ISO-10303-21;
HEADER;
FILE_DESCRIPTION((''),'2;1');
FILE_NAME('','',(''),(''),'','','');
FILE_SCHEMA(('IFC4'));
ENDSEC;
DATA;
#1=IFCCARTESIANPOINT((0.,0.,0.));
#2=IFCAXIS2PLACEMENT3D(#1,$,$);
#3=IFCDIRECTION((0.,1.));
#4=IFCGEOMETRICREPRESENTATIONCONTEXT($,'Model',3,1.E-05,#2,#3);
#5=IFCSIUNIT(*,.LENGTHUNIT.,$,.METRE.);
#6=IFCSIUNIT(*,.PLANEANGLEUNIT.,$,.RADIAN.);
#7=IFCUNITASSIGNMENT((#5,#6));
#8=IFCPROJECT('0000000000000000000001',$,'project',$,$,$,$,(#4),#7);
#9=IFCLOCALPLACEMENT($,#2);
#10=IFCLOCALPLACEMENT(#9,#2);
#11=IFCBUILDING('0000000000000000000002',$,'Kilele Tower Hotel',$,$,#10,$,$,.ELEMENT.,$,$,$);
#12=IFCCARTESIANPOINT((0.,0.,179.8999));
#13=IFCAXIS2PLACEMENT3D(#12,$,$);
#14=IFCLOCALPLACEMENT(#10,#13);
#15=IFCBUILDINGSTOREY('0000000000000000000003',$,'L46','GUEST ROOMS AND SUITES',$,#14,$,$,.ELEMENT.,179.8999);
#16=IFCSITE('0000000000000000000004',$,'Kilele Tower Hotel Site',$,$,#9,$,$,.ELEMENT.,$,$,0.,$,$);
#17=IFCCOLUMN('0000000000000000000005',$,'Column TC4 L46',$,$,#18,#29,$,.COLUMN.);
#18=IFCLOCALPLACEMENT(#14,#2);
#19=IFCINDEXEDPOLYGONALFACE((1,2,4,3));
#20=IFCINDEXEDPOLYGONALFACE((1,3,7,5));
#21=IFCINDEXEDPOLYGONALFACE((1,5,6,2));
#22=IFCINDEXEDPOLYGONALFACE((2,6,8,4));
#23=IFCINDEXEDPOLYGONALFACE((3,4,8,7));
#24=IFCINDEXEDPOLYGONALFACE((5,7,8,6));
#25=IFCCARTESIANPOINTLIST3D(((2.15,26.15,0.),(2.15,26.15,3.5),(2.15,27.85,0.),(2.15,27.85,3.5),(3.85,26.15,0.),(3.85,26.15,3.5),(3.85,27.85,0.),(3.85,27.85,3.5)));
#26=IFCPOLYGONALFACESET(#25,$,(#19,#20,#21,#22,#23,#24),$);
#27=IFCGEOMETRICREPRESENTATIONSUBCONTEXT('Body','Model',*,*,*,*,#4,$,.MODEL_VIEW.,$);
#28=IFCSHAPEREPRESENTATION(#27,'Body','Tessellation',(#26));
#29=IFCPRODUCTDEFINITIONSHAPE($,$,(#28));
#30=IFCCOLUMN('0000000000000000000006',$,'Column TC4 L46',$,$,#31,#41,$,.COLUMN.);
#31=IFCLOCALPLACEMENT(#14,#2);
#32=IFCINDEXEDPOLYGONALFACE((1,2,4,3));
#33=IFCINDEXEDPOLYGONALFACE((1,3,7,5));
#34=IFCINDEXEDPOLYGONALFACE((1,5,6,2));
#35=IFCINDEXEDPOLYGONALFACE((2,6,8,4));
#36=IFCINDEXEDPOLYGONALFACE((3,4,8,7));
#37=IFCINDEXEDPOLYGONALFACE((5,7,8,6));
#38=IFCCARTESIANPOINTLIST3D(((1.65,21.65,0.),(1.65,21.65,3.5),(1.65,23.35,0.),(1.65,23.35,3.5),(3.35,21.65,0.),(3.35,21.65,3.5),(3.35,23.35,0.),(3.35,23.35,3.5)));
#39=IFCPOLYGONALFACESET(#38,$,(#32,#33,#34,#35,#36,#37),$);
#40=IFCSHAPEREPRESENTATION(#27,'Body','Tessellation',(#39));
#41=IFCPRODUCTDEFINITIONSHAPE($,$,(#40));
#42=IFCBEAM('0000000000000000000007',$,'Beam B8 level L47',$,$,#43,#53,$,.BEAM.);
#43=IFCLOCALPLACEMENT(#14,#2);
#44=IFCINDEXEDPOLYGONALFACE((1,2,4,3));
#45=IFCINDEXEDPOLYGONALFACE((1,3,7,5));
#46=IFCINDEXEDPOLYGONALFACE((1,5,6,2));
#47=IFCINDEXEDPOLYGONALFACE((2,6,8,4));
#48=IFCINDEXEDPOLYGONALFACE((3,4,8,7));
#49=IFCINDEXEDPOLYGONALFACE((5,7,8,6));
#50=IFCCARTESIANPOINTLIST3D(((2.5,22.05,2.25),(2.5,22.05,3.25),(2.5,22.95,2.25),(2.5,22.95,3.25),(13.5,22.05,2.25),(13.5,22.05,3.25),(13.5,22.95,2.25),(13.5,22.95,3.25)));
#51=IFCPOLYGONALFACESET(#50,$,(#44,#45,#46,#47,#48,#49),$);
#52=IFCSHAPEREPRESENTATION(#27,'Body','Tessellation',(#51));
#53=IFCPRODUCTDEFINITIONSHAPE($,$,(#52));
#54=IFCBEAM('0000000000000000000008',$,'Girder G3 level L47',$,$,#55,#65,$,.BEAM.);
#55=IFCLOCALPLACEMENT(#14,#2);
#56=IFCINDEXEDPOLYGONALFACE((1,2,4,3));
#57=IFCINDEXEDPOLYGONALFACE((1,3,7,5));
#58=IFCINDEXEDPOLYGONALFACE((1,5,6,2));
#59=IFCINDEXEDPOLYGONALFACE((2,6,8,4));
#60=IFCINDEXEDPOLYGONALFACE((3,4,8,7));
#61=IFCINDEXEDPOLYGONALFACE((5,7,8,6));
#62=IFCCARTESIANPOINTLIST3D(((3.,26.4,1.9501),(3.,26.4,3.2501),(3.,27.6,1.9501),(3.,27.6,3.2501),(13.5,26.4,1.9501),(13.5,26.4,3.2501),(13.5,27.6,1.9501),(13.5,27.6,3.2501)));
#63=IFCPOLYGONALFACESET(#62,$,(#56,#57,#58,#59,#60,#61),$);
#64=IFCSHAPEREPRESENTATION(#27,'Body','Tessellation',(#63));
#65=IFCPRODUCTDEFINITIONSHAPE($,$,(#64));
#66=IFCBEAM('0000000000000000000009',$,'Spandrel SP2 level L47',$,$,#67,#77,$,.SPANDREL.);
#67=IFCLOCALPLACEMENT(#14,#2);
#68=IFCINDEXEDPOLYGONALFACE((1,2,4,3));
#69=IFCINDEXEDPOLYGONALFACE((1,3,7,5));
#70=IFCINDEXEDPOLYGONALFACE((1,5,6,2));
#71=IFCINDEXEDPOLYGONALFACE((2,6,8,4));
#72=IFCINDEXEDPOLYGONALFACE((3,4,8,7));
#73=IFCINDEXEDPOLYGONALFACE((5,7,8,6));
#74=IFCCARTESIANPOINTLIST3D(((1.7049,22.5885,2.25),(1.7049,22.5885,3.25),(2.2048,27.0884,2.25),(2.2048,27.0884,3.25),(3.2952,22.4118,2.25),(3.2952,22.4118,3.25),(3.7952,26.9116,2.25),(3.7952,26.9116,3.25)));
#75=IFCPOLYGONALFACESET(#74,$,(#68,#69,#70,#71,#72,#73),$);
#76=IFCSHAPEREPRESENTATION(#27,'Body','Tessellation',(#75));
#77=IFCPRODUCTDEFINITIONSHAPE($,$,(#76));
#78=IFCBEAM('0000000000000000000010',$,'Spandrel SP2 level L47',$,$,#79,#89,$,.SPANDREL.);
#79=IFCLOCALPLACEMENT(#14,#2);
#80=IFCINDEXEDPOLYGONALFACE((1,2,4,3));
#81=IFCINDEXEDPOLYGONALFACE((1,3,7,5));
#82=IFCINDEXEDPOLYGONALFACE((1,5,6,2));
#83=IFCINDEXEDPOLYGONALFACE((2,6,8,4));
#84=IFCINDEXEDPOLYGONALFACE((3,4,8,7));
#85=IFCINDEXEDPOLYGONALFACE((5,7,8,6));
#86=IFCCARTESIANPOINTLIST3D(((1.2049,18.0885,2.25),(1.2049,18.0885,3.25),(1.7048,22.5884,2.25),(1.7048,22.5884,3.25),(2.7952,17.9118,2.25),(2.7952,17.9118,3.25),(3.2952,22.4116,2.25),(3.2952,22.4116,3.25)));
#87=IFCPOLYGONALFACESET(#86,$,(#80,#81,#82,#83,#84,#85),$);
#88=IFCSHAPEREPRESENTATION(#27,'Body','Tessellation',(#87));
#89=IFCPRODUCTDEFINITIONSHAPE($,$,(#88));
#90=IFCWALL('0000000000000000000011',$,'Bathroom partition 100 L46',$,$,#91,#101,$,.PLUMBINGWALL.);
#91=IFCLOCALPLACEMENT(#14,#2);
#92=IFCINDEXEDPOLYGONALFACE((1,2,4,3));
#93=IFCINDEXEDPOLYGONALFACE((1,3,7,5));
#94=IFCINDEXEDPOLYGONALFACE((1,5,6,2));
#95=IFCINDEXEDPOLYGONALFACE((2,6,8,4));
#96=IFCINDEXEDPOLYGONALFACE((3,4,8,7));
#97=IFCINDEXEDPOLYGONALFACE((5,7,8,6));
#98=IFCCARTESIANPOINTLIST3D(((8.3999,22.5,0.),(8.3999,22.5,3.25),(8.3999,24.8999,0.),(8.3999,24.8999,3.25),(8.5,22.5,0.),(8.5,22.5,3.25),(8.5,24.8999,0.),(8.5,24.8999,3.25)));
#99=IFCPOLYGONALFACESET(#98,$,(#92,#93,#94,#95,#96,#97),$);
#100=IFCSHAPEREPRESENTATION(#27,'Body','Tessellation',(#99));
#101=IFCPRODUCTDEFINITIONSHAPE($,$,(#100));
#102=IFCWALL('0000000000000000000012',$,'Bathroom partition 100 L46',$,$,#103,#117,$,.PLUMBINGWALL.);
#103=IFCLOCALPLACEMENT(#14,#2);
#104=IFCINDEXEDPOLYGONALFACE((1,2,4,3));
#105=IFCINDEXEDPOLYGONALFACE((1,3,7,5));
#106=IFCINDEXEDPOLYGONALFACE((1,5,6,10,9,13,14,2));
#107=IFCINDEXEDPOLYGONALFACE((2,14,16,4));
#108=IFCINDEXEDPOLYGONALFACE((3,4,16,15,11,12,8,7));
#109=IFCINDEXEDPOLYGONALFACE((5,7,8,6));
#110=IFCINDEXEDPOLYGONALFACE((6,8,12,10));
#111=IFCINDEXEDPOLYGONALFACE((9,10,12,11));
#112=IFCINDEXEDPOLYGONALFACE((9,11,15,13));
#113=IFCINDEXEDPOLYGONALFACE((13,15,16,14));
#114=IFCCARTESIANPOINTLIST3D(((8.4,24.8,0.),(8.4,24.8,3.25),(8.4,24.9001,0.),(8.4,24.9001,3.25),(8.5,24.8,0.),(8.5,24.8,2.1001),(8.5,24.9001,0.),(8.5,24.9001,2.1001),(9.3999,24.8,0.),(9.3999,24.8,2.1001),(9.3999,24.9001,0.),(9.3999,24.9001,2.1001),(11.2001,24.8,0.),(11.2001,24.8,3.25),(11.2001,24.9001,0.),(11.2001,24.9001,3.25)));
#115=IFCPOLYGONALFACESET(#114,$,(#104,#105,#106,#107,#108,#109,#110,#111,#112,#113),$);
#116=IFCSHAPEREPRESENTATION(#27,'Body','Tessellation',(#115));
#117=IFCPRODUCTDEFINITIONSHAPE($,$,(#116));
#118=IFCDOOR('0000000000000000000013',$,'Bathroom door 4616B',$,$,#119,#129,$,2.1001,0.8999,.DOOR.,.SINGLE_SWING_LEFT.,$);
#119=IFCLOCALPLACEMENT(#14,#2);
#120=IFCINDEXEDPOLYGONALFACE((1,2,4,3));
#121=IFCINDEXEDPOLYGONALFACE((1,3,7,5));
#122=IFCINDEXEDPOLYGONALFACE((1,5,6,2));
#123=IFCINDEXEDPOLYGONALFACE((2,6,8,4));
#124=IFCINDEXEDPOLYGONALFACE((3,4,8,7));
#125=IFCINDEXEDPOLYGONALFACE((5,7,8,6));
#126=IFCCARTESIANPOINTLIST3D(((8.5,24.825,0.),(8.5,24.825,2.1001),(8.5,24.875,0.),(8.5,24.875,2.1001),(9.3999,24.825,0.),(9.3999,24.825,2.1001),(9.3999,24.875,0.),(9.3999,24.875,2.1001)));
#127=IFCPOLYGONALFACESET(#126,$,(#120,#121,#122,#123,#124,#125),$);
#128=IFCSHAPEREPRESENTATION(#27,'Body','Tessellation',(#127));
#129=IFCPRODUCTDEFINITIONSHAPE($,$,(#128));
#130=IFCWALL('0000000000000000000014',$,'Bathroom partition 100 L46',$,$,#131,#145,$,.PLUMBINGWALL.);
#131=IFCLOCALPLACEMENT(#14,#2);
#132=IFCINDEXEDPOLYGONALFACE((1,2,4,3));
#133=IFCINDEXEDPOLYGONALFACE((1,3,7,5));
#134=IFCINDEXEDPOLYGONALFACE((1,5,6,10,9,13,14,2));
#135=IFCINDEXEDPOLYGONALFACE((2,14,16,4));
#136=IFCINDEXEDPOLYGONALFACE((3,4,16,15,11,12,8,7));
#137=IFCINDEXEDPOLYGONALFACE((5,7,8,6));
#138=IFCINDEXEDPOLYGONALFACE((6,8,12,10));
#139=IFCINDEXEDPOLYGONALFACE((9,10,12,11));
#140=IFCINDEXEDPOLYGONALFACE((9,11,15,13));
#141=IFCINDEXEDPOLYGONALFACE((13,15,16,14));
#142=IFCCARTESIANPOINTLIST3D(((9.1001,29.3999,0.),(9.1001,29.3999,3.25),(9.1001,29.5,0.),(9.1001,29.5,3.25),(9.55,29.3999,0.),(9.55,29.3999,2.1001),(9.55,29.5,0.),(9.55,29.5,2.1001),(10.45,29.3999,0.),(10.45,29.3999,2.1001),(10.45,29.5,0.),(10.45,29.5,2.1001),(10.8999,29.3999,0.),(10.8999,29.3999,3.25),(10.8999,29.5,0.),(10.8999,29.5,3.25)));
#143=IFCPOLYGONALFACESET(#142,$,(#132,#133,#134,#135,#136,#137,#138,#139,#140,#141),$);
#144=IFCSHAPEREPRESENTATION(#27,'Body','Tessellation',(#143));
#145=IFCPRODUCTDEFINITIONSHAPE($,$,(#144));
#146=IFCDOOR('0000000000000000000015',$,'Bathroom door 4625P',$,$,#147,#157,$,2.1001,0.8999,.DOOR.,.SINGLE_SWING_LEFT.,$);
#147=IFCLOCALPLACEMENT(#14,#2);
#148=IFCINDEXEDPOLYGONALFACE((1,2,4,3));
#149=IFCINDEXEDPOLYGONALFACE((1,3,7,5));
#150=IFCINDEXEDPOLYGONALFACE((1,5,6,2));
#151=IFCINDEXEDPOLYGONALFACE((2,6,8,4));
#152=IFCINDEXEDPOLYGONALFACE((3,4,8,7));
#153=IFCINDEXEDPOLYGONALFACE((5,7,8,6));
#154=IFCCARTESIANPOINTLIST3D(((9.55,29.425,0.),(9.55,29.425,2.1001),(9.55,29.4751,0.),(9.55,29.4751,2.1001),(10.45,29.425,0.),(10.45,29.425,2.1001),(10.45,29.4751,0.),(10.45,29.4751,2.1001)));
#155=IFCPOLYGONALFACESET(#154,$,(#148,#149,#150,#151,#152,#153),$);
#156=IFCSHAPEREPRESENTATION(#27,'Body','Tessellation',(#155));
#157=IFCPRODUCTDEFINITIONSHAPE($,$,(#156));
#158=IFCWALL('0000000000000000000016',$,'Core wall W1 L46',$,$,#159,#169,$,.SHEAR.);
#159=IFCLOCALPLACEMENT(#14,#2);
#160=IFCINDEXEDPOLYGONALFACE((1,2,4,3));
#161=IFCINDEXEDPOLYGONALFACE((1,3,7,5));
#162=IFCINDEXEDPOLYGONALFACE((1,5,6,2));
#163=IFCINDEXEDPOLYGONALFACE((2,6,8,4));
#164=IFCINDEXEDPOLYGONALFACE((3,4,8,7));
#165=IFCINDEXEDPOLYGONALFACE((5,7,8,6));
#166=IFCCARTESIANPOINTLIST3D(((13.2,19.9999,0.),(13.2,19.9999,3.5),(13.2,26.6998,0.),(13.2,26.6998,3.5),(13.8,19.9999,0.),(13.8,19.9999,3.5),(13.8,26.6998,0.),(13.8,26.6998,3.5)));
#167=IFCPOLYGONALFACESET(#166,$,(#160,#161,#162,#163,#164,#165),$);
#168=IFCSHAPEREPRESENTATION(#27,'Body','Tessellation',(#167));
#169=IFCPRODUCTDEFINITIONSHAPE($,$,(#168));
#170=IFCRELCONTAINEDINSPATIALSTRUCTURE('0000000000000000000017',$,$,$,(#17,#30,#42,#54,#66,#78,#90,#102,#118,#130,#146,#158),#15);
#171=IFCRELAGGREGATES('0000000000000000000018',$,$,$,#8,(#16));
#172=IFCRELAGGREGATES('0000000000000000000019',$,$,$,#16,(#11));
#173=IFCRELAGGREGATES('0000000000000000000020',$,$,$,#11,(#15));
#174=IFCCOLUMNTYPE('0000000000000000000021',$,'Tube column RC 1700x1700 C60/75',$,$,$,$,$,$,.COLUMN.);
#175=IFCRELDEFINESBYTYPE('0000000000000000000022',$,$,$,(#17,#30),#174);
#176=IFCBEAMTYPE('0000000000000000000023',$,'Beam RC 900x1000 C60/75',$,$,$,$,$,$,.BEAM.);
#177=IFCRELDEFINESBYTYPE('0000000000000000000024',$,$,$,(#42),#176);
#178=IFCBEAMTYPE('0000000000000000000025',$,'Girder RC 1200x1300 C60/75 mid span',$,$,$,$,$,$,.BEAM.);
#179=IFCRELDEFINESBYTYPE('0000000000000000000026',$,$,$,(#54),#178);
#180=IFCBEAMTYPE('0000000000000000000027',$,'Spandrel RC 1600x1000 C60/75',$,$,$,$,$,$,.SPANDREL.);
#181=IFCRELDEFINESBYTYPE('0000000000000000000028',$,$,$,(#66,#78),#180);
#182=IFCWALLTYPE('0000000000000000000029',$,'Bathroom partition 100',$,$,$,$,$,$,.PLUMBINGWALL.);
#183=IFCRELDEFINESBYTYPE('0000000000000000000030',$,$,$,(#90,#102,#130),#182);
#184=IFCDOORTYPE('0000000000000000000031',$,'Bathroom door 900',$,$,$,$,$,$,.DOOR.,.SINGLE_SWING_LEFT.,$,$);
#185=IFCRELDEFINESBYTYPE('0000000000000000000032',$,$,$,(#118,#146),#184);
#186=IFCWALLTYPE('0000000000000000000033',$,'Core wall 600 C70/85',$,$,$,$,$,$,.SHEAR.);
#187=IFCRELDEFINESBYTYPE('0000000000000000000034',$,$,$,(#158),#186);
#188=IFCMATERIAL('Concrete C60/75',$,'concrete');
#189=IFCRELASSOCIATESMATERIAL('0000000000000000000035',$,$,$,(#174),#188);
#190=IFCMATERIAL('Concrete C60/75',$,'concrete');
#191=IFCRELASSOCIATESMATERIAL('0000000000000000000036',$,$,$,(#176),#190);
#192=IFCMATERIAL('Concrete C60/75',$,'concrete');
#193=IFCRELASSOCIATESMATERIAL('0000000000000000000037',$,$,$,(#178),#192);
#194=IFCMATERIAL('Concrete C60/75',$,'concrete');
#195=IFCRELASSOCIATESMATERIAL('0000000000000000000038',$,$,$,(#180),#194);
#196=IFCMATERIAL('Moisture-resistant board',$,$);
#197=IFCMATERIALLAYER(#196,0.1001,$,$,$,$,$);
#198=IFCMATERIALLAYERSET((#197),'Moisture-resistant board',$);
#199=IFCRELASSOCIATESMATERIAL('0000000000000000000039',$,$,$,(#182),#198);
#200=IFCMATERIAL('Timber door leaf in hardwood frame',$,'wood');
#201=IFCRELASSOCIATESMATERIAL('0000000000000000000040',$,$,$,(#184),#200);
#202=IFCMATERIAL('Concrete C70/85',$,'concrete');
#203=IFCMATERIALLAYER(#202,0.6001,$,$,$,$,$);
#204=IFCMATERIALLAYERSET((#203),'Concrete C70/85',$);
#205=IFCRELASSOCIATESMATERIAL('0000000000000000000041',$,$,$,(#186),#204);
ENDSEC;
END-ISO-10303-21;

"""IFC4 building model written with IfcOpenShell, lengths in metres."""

from ifc_helpers import new_model, si_unit, direction, frame, frame_2d, origin, origin_2d, place, context, subcontext, project, spatial, rectangle, extrude, material, layer, layer_set, material_profile, profile_set, type_object, element, fill, save


model = new_model("IFC4")

# Units and contexts
model_context = context("Model", 3, precision=1e-05, world=origin(), true_north=direction((0.0, 1.0)))
body_context = subcontext(model_context, "Body", "Model", "MODEL_VIEW")
ifc_project = project(units=[si_unit("LENGTHUNIT", "METRE"), si_unit("PLANEANGLEUNIT", "RADIAN")], contexts=[model_context])

# Site, building, storey
site_placement = place(None, origin())
site = spatial("IfcSite", under=ifc_project, at=site_placement, Name="Kilele Tower Hotel Site", CompositionType="ELEMENT", RefElevation=0.0)
building_placement = place(site_placement, origin())
building = spatial("IfcBuilding", under=site, at=building_placement, Name="Kilele Tower Hotel", CompositionType="ELEMENT")
storey_placement = place(building_placement, frame((0.0, 0.0, 179.8999)))
storey = spatial("IfcBuildingStorey", under=building, at=storey_placement, Name="L46", Description="GUEST ROOMS AND SUITES", CompositionType="ELEMENT", Elevation=179.8999)

# Columns
ifc_material_1 = material(Name="Concrete C60/75", Category="concrete")
ifc_material_profile_1 = material_profile(ifc_material_1, rectangle(XDim=1.7, YDim=1.7, at=origin_2d()))
ifc_profile_set_1 = profile_set([ifc_material_profile_1], Name="Concrete C60/75")
column_type = type_object("IfcColumnType", Name="Tube column RC 1700x1700 C60/75", PredefinedType="COLUMN", material=ifc_profile_set_1)
for number, where, z_axis, x_axis, name in (
    (1, (3.0, 27.0, 0.0), (0.0, 0.0, 1.0), (1.0, 0.0, 0.0), "Column TC4 L46"),
    (2, (2.5, 22.5, 0.0), (0.0, 0.0, 1.0), (1.0, 0.0, 0.0), "Column TC4 L46"),
):
    element("IfcColumn", number, at=place(storey_placement, frame(where, z_axis=z_axis, x_axis=x_axis)), inside=storey, type_object=column_type, Name=name, PredefinedType="COLUMN", context=body_context, shape_type="SweptSolid", body=[
        extrude(rectangle(XDim=1.7, YDim=1.7, at=origin_2d()), origin(), (0.0, 0.0, 1.0), 3.5),
    ])

# Beams
ifc_material_2 = material(Name="Concrete C60/75", Category="concrete")
ifc_material_profile_2 = material_profile(ifc_material_2, rectangle(XDim=0.8999, YDim=1.0, at=origin_2d()))
ifc_profile_set_2 = profile_set([ifc_material_profile_2], Name="Concrete C60/75")
beam_type_1 = type_object("IfcBeamType", Name="Beam RC 900x1000 C60/75", PredefinedType="BEAM", material=ifc_profile_set_2)
beam_1_placement = place(storey_placement, frame((2.5, 22.5, 2.75), z_axis=(1.0, 0.0, 0.0), x_axis=(0.0, 1.0, 0.0)))
element("IfcBeam", 3, at=beam_1_placement, inside=storey, type_object=beam_type_1, Name="Beam B8 level L47", PredefinedType="BEAM", context=body_context, shape_type="SweptSolid", body=[
    extrude(rectangle(XDim=0.8999, YDim=1.0, at=origin_2d()), origin(), (0.0, 0.0, 1.0), 11.0),
])
ifc_material_3 = material(Name="Concrete C60/75", Category="concrete")
ifc_material_profile_3 = material_profile(ifc_material_3, rectangle(XDim=1.2, YDim=1.3, at=origin_2d()))
ifc_profile_set_3 = profile_set([ifc_material_profile_3], Name="Concrete C60/75")
beam_type_2 = type_object("IfcBeamType", Name="Girder RC 1200x1300 C60/75 mid span", PredefinedType="BEAM", material=ifc_profile_set_3)
beam_2_placement = place(storey_placement, frame((3.0, 27.0, 2.6001), z_axis=(1.0, 0.0, 0.0), x_axis=(0.0, 1.0, 0.0)))
element("IfcBeam", 4, at=beam_2_placement, inside=storey, type_object=beam_type_2, Name="Girder G3 level L47", PredefinedType="BEAM", context=body_context, shape_type="SweptSolid", body=[
    extrude(rectangle(XDim=1.2, YDim=1.3, at=origin_2d()), origin(), (0.0, 0.0, 1.0), 10.5),
])
ifc_material_4 = material(Name="Concrete C60/75", Category="concrete")
ifc_material_profile_4 = material_profile(ifc_material_4, rectangle(XDim=1.6001, YDim=1.0, at=origin_2d()))
ifc_profile_set_4 = profile_set([ifc_material_profile_4], Name="Concrete C60/75")
beam_type_3 = type_object("IfcBeamType", Name="Spandrel RC 1600x1000 C60/75", PredefinedType="SPANDREL", material=ifc_profile_set_4)
for number, where, z_axis, x_axis, name in (
    (5, (3.0, 27.0, 2.75), (-0.110432, -0.993884, 0.0), (0.993884, -0.110432, 0.0), "Spandrel SP2 level L47"),
    (6, (2.5, 22.5, 2.75), (-0.110432, -0.993884, 0.0), (0.993884, -0.110432, 0.0), "Spandrel SP2 level L47"),
):
    element("IfcBeam", number, at=place(storey_placement, frame(where, z_axis=z_axis, x_axis=x_axis)), inside=storey, type_object=beam_type_3, Name=name, PredefinedType="SPANDREL", context=body_context, shape_type="SweptSolid", body=[
        extrude(rectangle(XDim=1.6001, YDim=1.0, at=origin_2d()), origin(), (0.0, 0.0, 1.0), 4.5276),
    ])

# Wall
ifc_material_5 = material(Name="Moisture-resistant board")
ifc_layer_1 = layer(ifc_material_5, 0.1001)
ifc_layer_set_1 = layer_set([ifc_layer_1], Name="Moisture-resistant board")
wall_type_1 = type_object("IfcWallType", Name="Bathroom partition 100", PredefinedType="PLUMBINGWALL", material=ifc_layer_set_1)
wall_1_placement = place(storey_placement, frame((8.45, 22.5, 0.0), z_axis=(0.0, 0.0, 1.0), x_axis=(0.0, 1.0, 0.0)))
element("IfcWall", 7, at=wall_1_placement, inside=storey, type_object=wall_type_1, Name="Bathroom partition 100 L46", PredefinedType="PLUMBINGWALL", context=body_context, shape_type="SweptSolid", body=[
    extrude(rectangle(XDim=2.3999, YDim=0.1001, at=frame_2d((1.2, 0.0))), origin(), (0.0, 0.0, 1.0), 3.25),
])

# Walls, openings, doors
wall_2_placement = place(storey_placement, frame((11.2, 24.8501, 0.0), z_axis=(0.0, 0.0, 1.0), x_axis=(-1.0, 0.0, 0.0)))
wall_2 = element("IfcWall", 8, at=wall_2_placement, inside=storey, type_object=wall_type_1, Name="Bathroom partition 100 L46", PredefinedType="PLUMBINGWALL", context=body_context, shape_type="SweptSolid", body=[
    extrude(rectangle(XDim=2.8, YDim=0.1001, at=frame_2d((1.3999, 0.0))), origin(), (0.0, 0.0, 1.0), 3.25),
])
opening_1_placement = place(wall_2_placement, frame((2.7, 0.0, 0.0), z_axis=(0.0, 0.0, 1.0), x_axis=(-1.0, 0.0, 0.0)))
opening_1 = element("IfcOpeningElement", 9, at=opening_1_placement, cuts=wall_2, PredefinedType="OPENING", context=body_context, shape_type="SweptSolid", body=[
    extrude(rectangle(XDim=0.8999, YDim=2.1001, at=frame_2d((0.45, 1.05))), frame((0.0, 0.0601, 0.0), z_axis=(0.0, -1.0, 0.0), x_axis=(1.0, 0.0, 0.0)), (0.0, 0.0, 1.0), 0.1201),
])
ifc_material_6 = material(Name="Timber door leaf in hardwood frame", Category="wood")
door_type_1 = type_object("IfcDoorType", Name="Bathroom door 900", OperationType="SINGLE_SWING_LEFT", PredefinedType="DOOR", material=ifc_material_6)
door_1_placement = place(opening_1_placement, origin())
door_1 = element("IfcDoor", 10, at=door_1_placement, inside=storey, type_object=door_type_1, Name="Bathroom door 4616B", OperationType="SINGLE_SWING_LEFT", OverallHeight=2.1001, OverallWidth=0.8999, PredefinedType="DOOR", context=body_context, shape_type="SweptSolid", body=[
    extrude(rectangle(XDim=0.8999, YDim=2.1001, at=frame_2d((0.45, 1.05))), frame((0.0, 0.0249, 0.0), z_axis=(0.0, -1.0, 0.0), x_axis=(1.0, 0.0, 0.0)), (0.0, 0.0, 1.0), 0.05),
])
fill(opening_1, door_1)
wall_3_placement = place(storey_placement, frame((10.8999, 29.45, 0.0), z_axis=(0.0, 0.0, 1.0), x_axis=(-1.0, 0.0, 0.0)))
wall_3 = element("IfcWall", 11, at=wall_3_placement, inside=storey, type_object=wall_type_1, Name="Bathroom partition 100 L46", PredefinedType="PLUMBINGWALL", context=body_context, shape_type="SweptSolid", body=[
    extrude(rectangle(XDim=1.7998, YDim=0.1001, at=frame_2d((0.8999, 0.0))), origin(), (0.0, 0.0, 1.0), 3.25),
])
opening_2_placement = place(wall_3_placement, frame((0.45, 0.0, 0.0)))
opening_2 = element("IfcOpeningElement", 12, at=opening_2_placement, cuts=wall_3, PredefinedType="OPENING", context=body_context, shape_type="SweptSolid", body=[
    extrude(rectangle(XDim=0.8999, YDim=2.1001, at=frame_2d((0.45, 1.05))), frame((0.0, 0.0601, 0.0), z_axis=(0.0, -1.0, 0.0), x_axis=(1.0, 0.0, 0.0)), (0.0, 0.0, 1.0), 0.1201),
])
door_2_placement = place(opening_2_placement, origin())
door_2 = element("IfcDoor", 13, at=door_2_placement, inside=storey, type_object=door_type_1, Name="Bathroom door 4625P", OperationType="SINGLE_SWING_LEFT", OverallHeight=2.1001, OverallWidth=0.8999, PredefinedType="DOOR", context=body_context, shape_type="SweptSolid", body=[
    extrude(rectangle(XDim=0.8999, YDim=2.1001, at=frame_2d((0.45, 1.05))), frame((0.0, 0.0249, 0.0), z_axis=(0.0, -1.0, 0.0), x_axis=(1.0, 0.0, 0.0)), (0.0, 0.0, 1.0), 0.05),
])
fill(opening_2, door_2)

# Wall
ifc_material_7 = material(Name="Concrete C70/85", Category="concrete")
ifc_layer_2 = layer(ifc_material_7, 0.6001)
ifc_layer_set_2 = layer_set([ifc_layer_2], Name="Concrete C70/85")
wall_type_2 = type_object("IfcWallType", Name="Core wall 600 C70/85", PredefinedType="SHEAR", material=ifc_layer_set_2)
wall_4_placement = place(storey_placement, frame((13.5, 26.7, 0.0), z_axis=(0.0, 0.0, 1.0), x_axis=(0.0, -1.0, 0.0)))
element("IfcWall", 14, at=wall_4_placement, inside=storey, type_object=wall_type_2, Name="Core wall W1 L46", PredefinedType="SHEAR", context=body_context, shape_type="SweptSolid", body=[
    extrude(rectangle(XDim=6.7, YDim=0.6001, at=frame_2d((3.3501, 0.0))), origin(), (0.0, 0.0, 1.0), 3.5),
])

save(model, "model.ifc")
